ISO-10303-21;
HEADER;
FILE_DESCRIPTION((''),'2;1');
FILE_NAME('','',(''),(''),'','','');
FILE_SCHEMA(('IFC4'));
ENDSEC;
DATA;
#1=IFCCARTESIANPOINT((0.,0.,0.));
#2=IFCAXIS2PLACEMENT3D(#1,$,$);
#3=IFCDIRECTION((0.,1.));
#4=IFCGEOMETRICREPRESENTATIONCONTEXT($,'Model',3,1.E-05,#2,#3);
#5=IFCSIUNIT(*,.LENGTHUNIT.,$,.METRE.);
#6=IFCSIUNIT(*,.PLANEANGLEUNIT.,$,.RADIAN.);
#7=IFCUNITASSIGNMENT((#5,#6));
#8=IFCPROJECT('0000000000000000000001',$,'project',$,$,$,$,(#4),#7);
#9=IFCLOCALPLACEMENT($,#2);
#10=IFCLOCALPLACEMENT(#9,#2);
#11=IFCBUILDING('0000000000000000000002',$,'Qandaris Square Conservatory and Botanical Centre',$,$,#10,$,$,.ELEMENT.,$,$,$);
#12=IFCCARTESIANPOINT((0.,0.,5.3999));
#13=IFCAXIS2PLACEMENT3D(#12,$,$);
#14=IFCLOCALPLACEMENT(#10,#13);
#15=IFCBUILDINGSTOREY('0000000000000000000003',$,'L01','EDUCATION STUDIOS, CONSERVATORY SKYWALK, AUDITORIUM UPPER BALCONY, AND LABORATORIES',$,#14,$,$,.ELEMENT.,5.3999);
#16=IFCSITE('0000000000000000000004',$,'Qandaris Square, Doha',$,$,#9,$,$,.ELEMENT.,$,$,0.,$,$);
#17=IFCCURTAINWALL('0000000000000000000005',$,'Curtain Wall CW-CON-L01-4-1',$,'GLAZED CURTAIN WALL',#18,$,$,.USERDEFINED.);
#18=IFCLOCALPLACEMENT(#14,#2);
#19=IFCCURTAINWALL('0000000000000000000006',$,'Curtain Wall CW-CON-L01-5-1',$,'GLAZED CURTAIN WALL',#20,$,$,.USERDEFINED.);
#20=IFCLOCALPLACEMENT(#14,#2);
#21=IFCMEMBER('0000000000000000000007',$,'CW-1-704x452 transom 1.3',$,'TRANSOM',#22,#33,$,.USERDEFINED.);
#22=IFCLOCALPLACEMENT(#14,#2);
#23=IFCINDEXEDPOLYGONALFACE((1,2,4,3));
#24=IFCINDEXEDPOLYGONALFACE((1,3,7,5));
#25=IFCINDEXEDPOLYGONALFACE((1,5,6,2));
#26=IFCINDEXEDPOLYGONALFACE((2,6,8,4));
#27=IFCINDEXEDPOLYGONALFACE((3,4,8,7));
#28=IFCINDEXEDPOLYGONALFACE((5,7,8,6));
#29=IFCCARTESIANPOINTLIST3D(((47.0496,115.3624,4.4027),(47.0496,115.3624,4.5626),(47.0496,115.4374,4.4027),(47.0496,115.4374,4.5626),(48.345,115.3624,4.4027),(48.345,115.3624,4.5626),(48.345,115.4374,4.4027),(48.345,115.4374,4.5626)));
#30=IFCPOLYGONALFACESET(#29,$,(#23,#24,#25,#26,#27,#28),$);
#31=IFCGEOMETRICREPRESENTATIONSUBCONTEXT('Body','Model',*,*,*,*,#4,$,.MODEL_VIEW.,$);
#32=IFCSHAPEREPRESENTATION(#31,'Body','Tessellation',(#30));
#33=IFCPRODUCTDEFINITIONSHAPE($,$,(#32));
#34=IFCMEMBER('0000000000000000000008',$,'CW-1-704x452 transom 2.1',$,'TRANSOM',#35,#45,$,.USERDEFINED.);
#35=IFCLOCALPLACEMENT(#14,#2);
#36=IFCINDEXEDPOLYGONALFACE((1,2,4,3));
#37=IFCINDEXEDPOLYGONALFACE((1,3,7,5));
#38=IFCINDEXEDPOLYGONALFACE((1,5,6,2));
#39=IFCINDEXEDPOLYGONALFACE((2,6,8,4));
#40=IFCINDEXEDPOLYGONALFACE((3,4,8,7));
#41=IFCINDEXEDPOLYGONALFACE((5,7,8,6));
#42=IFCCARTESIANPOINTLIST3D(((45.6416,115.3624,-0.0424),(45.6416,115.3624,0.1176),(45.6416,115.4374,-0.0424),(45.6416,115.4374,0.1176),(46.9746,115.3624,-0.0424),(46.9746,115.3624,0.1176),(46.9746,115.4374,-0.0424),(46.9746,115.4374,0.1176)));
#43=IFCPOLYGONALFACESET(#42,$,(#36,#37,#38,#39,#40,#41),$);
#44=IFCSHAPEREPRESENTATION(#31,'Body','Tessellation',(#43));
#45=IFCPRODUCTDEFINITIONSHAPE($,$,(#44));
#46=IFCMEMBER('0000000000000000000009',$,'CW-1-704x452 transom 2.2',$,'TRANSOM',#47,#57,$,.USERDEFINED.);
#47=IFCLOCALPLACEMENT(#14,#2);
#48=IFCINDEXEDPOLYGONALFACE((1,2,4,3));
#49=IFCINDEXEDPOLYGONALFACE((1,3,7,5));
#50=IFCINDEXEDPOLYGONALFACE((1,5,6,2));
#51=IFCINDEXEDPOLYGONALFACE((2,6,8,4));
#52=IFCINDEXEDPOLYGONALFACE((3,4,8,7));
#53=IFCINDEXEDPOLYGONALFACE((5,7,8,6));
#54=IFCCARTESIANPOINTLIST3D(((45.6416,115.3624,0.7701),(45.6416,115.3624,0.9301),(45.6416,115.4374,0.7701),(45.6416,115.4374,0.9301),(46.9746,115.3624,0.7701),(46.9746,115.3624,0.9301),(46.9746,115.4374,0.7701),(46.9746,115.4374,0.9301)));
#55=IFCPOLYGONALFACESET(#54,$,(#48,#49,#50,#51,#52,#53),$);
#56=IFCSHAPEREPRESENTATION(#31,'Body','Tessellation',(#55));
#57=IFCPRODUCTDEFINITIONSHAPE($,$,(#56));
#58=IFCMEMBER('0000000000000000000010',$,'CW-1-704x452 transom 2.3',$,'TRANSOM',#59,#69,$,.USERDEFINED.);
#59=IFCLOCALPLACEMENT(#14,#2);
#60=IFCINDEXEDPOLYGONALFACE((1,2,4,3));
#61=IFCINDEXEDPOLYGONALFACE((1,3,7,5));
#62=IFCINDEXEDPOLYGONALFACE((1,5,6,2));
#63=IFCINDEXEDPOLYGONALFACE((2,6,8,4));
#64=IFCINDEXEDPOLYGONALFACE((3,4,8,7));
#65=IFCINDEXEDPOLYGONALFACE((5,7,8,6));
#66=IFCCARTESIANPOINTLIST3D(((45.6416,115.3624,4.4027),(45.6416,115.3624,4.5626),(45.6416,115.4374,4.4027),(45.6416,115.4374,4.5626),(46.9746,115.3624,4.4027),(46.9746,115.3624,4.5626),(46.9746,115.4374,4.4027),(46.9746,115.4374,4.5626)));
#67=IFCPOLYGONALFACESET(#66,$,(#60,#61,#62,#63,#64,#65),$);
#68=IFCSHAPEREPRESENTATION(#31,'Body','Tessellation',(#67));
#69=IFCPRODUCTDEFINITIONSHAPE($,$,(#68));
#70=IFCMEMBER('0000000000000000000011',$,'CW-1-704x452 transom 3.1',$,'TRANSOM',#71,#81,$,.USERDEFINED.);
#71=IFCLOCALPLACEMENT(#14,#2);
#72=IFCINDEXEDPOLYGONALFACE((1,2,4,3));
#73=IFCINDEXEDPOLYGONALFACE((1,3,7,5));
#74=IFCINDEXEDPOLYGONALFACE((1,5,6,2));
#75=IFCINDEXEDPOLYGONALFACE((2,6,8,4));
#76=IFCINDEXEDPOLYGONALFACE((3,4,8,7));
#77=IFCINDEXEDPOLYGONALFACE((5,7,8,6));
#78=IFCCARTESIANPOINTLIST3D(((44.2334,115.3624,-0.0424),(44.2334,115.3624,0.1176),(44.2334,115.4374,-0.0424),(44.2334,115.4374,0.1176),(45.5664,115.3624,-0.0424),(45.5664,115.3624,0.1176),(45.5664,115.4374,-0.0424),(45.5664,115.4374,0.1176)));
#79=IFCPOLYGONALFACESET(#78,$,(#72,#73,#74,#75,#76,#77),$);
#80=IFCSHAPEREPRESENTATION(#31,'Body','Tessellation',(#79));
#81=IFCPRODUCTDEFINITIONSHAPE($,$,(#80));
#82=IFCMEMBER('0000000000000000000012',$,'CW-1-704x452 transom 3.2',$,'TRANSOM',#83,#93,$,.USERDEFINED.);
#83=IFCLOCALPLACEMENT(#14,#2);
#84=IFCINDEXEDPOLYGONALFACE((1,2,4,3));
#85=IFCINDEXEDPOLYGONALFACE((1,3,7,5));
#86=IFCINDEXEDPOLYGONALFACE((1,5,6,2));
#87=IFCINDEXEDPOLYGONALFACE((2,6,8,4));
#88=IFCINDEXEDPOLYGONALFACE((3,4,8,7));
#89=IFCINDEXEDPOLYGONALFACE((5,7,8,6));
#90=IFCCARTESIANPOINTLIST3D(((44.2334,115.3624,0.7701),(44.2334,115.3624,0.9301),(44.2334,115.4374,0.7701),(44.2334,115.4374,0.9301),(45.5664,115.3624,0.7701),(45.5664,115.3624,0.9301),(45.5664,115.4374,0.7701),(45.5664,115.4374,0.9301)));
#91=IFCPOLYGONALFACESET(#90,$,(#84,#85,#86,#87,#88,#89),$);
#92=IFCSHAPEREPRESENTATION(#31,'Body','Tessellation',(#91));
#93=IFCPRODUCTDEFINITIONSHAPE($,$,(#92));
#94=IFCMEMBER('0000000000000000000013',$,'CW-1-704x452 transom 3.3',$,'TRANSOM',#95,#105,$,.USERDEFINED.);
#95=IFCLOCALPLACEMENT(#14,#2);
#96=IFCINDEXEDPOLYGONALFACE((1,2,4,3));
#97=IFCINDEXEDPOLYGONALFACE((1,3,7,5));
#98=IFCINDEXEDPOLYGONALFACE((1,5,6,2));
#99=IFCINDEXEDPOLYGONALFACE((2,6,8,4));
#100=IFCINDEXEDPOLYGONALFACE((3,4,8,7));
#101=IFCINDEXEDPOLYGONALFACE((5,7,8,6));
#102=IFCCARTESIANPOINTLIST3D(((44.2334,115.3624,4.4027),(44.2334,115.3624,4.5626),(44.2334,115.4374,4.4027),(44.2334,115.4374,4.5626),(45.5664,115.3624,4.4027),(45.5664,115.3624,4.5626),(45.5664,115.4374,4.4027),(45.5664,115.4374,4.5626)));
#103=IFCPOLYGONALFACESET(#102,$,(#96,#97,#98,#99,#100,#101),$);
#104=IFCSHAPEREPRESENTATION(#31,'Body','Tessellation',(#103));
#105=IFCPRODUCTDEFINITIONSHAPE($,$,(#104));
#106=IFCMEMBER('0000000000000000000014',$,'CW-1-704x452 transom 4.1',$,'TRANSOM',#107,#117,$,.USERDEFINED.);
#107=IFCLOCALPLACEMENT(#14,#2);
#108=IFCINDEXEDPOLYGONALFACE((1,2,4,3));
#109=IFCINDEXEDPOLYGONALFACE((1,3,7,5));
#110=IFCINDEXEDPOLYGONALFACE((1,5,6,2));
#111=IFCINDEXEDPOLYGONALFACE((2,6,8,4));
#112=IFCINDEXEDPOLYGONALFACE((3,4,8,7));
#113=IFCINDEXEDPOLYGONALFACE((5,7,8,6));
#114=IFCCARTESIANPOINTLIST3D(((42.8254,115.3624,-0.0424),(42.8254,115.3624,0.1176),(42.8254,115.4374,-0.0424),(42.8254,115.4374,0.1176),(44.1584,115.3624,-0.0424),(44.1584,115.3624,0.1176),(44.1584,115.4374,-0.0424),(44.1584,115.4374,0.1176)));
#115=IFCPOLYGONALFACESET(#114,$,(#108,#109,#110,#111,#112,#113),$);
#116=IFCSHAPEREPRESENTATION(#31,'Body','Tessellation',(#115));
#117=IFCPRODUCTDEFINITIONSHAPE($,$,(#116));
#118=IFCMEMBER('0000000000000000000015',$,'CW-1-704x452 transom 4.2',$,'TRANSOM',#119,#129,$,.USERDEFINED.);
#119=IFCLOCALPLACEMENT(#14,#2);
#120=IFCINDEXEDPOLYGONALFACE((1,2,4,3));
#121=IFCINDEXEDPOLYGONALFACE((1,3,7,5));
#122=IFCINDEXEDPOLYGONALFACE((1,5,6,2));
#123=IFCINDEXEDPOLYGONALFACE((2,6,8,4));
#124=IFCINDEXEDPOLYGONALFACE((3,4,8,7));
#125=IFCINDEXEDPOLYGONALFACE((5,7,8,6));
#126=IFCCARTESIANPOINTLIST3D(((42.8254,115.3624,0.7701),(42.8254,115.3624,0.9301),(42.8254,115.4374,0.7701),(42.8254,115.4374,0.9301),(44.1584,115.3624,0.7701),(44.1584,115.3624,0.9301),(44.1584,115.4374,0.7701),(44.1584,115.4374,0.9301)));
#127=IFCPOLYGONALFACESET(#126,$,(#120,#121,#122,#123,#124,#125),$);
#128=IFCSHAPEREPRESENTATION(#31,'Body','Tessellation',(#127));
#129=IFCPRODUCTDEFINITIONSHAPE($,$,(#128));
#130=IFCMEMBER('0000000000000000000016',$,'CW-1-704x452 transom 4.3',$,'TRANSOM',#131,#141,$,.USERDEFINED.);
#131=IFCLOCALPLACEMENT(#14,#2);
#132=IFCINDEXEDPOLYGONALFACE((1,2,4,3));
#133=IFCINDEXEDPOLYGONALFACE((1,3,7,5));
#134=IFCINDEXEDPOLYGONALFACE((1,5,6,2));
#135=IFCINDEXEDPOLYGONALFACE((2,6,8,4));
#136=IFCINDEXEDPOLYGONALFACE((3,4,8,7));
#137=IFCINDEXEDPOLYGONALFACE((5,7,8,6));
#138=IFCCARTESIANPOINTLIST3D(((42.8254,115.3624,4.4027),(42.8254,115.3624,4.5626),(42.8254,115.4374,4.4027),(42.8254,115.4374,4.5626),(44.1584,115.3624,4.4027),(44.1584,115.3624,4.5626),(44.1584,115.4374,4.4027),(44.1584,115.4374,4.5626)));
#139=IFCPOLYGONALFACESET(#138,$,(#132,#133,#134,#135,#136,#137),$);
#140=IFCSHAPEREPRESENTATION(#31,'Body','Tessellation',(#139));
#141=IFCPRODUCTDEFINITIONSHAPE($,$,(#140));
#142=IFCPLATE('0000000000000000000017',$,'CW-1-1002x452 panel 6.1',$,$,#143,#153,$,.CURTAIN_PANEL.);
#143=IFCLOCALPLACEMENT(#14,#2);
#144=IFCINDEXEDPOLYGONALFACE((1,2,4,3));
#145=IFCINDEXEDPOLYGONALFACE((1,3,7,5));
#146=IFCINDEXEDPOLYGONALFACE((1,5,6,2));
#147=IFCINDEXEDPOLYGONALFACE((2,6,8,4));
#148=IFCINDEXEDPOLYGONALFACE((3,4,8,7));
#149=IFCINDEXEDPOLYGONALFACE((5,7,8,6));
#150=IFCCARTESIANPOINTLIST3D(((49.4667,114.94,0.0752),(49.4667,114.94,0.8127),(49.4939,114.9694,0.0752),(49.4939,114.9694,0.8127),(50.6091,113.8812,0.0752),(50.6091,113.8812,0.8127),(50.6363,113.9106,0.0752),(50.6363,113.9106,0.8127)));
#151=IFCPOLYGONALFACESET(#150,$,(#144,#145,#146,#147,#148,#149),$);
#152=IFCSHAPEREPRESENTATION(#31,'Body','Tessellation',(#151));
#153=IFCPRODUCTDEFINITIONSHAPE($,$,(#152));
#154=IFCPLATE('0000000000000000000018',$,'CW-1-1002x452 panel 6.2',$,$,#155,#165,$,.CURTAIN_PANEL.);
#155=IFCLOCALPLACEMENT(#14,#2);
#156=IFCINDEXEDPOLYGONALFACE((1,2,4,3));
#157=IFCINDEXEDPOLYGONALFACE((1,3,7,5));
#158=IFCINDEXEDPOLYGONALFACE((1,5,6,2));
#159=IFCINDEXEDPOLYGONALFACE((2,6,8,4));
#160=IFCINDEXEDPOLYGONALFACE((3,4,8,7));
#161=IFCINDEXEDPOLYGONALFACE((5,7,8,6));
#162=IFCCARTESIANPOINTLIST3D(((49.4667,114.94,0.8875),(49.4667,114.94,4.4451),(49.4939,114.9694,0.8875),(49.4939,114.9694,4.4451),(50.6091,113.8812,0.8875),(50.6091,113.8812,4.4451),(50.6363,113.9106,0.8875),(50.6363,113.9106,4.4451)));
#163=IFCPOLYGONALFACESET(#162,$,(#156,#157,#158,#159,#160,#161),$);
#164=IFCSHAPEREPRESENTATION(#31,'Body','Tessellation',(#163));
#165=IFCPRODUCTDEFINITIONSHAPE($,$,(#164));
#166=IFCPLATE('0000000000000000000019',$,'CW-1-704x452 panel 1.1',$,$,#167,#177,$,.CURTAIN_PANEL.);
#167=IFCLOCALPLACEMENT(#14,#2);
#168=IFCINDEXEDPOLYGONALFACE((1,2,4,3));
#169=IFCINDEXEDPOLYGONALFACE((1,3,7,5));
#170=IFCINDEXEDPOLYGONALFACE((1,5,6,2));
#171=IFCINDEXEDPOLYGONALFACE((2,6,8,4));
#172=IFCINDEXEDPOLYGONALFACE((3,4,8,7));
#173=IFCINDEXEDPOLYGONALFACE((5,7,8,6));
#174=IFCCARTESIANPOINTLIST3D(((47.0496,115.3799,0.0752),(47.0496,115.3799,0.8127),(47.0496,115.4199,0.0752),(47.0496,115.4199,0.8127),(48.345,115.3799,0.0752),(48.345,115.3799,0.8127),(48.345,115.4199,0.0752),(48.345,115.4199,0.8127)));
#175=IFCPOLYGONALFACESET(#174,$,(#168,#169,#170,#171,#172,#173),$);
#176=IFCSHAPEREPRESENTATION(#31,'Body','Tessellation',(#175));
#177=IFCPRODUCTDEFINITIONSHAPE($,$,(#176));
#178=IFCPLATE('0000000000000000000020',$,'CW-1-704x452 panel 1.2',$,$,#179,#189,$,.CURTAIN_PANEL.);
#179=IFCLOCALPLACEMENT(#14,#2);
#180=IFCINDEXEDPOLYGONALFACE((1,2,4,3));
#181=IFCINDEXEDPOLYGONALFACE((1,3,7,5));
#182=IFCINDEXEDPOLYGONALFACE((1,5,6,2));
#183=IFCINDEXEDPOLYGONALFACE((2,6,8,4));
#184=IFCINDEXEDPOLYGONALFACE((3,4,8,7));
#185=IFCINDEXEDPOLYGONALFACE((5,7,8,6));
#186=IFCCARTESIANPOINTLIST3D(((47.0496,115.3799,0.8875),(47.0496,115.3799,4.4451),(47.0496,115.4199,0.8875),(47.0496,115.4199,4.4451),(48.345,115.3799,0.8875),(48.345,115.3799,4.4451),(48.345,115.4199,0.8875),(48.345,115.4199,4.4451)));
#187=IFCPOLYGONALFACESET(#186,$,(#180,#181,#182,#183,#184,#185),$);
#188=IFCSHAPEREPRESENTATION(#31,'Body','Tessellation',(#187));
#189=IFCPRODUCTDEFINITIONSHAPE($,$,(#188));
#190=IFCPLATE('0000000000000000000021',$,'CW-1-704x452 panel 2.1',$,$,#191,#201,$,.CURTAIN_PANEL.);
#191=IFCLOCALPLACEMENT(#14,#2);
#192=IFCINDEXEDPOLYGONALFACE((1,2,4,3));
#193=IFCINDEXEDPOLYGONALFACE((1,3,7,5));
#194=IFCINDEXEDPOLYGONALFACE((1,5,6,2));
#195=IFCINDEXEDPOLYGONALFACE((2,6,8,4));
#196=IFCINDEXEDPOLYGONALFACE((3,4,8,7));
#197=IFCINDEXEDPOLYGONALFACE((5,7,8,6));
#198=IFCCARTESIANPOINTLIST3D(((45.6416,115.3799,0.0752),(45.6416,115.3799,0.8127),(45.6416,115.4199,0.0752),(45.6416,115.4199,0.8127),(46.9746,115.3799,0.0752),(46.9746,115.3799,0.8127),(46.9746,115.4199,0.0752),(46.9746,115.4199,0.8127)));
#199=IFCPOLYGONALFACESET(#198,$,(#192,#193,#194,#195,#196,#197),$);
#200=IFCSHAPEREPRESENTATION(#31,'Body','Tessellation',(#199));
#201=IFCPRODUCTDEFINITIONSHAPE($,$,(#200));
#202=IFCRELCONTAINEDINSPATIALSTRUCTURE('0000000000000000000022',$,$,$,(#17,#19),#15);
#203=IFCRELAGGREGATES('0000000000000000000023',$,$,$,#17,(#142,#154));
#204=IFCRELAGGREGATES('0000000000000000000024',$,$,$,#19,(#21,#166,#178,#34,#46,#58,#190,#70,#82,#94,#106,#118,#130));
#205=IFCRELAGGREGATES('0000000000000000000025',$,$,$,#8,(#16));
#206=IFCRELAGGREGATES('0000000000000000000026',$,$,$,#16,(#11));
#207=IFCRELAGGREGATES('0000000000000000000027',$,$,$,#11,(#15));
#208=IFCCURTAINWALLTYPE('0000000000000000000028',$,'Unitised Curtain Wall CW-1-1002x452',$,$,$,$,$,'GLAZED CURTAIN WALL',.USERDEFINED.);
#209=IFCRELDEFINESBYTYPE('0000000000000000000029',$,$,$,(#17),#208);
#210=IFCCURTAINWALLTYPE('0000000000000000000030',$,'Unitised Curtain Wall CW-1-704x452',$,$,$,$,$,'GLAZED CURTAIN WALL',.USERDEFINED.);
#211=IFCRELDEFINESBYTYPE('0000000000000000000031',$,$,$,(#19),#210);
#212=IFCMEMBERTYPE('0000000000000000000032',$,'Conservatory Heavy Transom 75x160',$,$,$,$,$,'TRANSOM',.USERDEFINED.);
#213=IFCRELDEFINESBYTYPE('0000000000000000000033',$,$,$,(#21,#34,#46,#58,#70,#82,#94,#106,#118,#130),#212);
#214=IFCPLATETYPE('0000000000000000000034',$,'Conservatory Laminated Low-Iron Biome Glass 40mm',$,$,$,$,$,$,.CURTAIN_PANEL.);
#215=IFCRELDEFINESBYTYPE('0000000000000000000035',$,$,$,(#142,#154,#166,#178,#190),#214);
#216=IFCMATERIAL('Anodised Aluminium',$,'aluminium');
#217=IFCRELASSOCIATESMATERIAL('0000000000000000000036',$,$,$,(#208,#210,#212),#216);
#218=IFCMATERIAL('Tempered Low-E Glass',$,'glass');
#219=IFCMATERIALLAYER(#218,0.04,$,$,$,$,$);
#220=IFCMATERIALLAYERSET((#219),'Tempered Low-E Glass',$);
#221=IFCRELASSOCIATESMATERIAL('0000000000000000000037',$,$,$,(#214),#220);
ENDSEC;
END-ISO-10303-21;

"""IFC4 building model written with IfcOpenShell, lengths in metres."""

from ifc_helpers import new_model, si_unit, direction, frame, origin, origin_2d, place, context, subcontext, project, spatial, rectangle, extrude, material, layer, layer_set, material_profile, profile_set, type_object, element, aggregate, save


model = new_model("IFC4")

# Units and contexts
model_context = context("Model", 3, precision=1e-05, world=origin(), true_north=direction((0.0, 1.0)))
body_context = subcontext(model_context, "Body", "Model", "MODEL_VIEW")
ifc_project = project(units=[si_unit("LENGTHUNIT", "METRE"), si_unit("PLANEANGLEUNIT", "RADIAN")], contexts=[model_context])

# Site, building, storey
site_placement = place(None, origin())
site = spatial("IfcSite", under=ifc_project, at=site_placement, Name="Qandaris Square, Doha", CompositionType="ELEMENT", RefElevation=0.0)
building_placement = place(site_placement, origin())
building = spatial("IfcBuilding", under=site, at=building_placement, Name="Qandaris Square Conservatory and Botanical Centre", CompositionType="ELEMENT")
storey_placement = place(building_placement, frame((0.0, 0.0, 5.3999)))
storey = spatial("IfcBuildingStorey", under=building, at=storey_placement, Name="L01", Description="EDUCATION STUDIOS, CONSERVATORY SKYWALK, AUDITORIUM UPPER BALCONY, AND LABORATORIES", CompositionType="ELEMENT", Elevation=5.3999)

# Curtain walls
ifc_material_1 = material(Name="Anodised Aluminium", Category="aluminium")
curtain_wall_type_1 = type_object("IfcCurtainWallType", Name="Unitised Curtain Wall CW-1-1002x452", ElementType="GLAZED CURTAIN WALL", PredefinedType="USERDEFINED", material=ifc_material_1)
curtain_wall_1_placement = place(storey_placement, origin())
curtain_wall_1 = element("IfcCurtainWall", 1, at=curtain_wall_1_placement, inside=storey, type_object=curtain_wall_type_1, Name="Curtain Wall CW-CON-L01-4-1", ObjectType="GLAZED CURTAIN WALL", PredefinedType="USERDEFINED")
curtain_wall_type_2 = type_object("IfcCurtainWallType", Name="Unitised Curtain Wall CW-1-704x452", ElementType="GLAZED CURTAIN WALL", PredefinedType="USERDEFINED", material=ifc_material_1)
curtain_wall_2_placement = place(storey_placement, origin())
curtain_wall_2 = element("IfcCurtainWall", 2, at=curtain_wall_2_placement, inside=storey, type_object=curtain_wall_type_2, Name="Curtain Wall CW-CON-L01-5-1", ObjectType="GLAZED CURTAIN WALL", PredefinedType="USERDEFINED")

# Members
ifc_material_profile_1 = material_profile(ifc_material_1, rectangle(XDim=0.075, YDim=0.1599, at=origin_2d()), Name="ALU-TRN 75x160")
ifc_profile_set_1 = profile_set([ifc_material_profile_1], Name="Anodised Aluminium")
member_type_1 = type_object("IfcMemberType", Name="Conservatory Heavy Transom 75x160", ElementType="TRANSOM", PredefinedType="USERDEFINED", material=ifc_profile_set_1)
member_1_placement = place(storey_placement, frame((48.345, 115.3999, 4.4827), z_axis=(-1.0, 0.0, 0.0), x_axis=(0.0, -1.0, 0.0)))
member_1 = element("IfcMember", 3, at=member_1_placement, type_object=member_type_1, Name="CW-1-704x452 transom 1.3", ObjectType="TRANSOM", PredefinedType="USERDEFINED", context=body_context, shape_type="SweptSolid", body=[
    extrude(rectangle(XDim=0.075, YDim=0.1599, at=origin_2d()), origin(), (0.0, 0.0, 1.0), 1.2954),
])
member_2_placement = place(storey_placement, frame((46.9746, 115.3999, 0.0376), z_axis=(-1.0, 0.0, 0.0), x_axis=(0.0, -1.0, 0.0)))
member_2 = element("IfcMember", 4, at=member_2_placement, type_object=member_type_1, Name="CW-1-704x452 transom 2.1", ObjectType="TRANSOM", PredefinedType="USERDEFINED", context=body_context, shape_type="SweptSolid", body=[
    extrude(rectangle(XDim=0.075, YDim=0.1599, at=origin_2d()), origin(), (0.0, 0.0, 1.0), 1.333),
])
member_3_placement = place(storey_placement, frame((46.9746, 115.3999, 0.8501), z_axis=(-1.0, 0.0, 0.0), x_axis=(0.0, -1.0, 0.0)))
member_3 = element("IfcMember", 5, at=member_3_placement, type_object=member_type_1, Name="CW-1-704x452 transom 2.2", ObjectType="TRANSOM", PredefinedType="USERDEFINED", context=body_context, shape_type="SweptSolid", body=[
    extrude(rectangle(XDim=0.075, YDim=0.1599, at=origin_2d()), origin(), (0.0, 0.0, 1.0), 1.333),
])
member_4_placement = place(storey_placement, frame((46.9746, 115.3999, 4.4827), z_axis=(-1.0, 0.0, 0.0), x_axis=(0.0, -1.0, 0.0)))
member_4 = element("IfcMember", 6, at=member_4_placement, type_object=member_type_1, Name="CW-1-704x452 transom 2.3", ObjectType="TRANSOM", PredefinedType="USERDEFINED", context=body_context, shape_type="SweptSolid", body=[
    extrude(rectangle(XDim=0.075, YDim=0.1599, at=origin_2d()), origin(), (0.0, 0.0, 1.0), 1.333),
])
member_5_placement = place(storey_placement, frame((45.5664, 115.3999, 0.0376), z_axis=(-1.0, 0.0, 0.0), x_axis=(0.0, -1.0, 0.0)))
member_5 = element("IfcMember", 7, at=member_5_placement, type_object=member_type_1, Name="CW-1-704x452 transom 3.1", ObjectType="TRANSOM", PredefinedType="USERDEFINED", context=body_context, shape_type="SweptSolid", body=[
    extrude(rectangle(XDim=0.075, YDim=0.1599, at=origin_2d()), origin(), (0.0, 0.0, 1.0), 1.333),
])
member_6_placement = place(storey_placement, frame((45.5664, 115.3999, 0.8501), z_axis=(-1.0, 0.0, 0.0), x_axis=(0.0, -1.0, 0.0)))
member_6 = element("IfcMember", 8, at=member_6_placement, type_object=member_type_1, Name="CW-1-704x452 transom 3.2", ObjectType="TRANSOM", PredefinedType="USERDEFINED", context=body_context, shape_type="SweptSolid", body=[
    extrude(rectangle(XDim=0.075, YDim=0.1599, at=origin_2d()), origin(), (0.0, 0.0, 1.0), 1.333),
])
member_7_placement = place(storey_placement, frame((45.5664, 115.3999, 4.4827), z_axis=(-1.0, 0.0, 0.0), x_axis=(0.0, -1.0, 0.0)))
member_7 = element("IfcMember", 9, at=member_7_placement, type_object=member_type_1, Name="CW-1-704x452 transom 3.3", ObjectType="TRANSOM", PredefinedType="USERDEFINED", context=body_context, shape_type="SweptSolid", body=[
    extrude(rectangle(XDim=0.075, YDim=0.1599, at=origin_2d()), origin(), (0.0, 0.0, 1.0), 1.333),
])
member_8_placement = place(storey_placement, frame((44.1584, 115.3999, 0.0376), z_axis=(-1.0, 0.0, 0.0), x_axis=(0.0, -1.0, 0.0)))
member_8 = element("IfcMember", 10, at=member_8_placement, type_object=member_type_1, Name="CW-1-704x452 transom 4.1", ObjectType="TRANSOM", PredefinedType="USERDEFINED", context=body_context, shape_type="SweptSolid", body=[
    extrude(rectangle(XDim=0.075, YDim=0.1599, at=origin_2d()), origin(), (0.0, 0.0, 1.0), 1.333),
])
member_9_placement = place(storey_placement, frame((44.1584, 115.3999, 0.8501), z_axis=(-1.0, 0.0, 0.0), x_axis=(0.0, -1.0, 0.0)))
member_9 = element("IfcMember", 11, at=member_9_placement, type_object=member_type_1, Name="CW-1-704x452 transom 4.2", ObjectType="TRANSOM", PredefinedType="USERDEFINED", context=body_context, shape_type="SweptSolid", body=[
    extrude(rectangle(XDim=0.075, YDim=0.1599, at=origin_2d()), origin(), (0.0, 0.0, 1.0), 1.333),
])
member_10_placement = place(storey_placement, frame((44.1584, 115.3999, 4.4827), z_axis=(-1.0, 0.0, 0.0), x_axis=(0.0, -1.0, 0.0)))
member_10 = element("IfcMember", 12, at=member_10_placement, type_object=member_type_1, Name="CW-1-704x452 transom 4.3", ObjectType="TRANSOM", PredefinedType="USERDEFINED", context=body_context, shape_type="SweptSolid", body=[
    extrude(rectangle(XDim=0.075, YDim=0.1599, at=origin_2d()), origin(), (0.0, 0.0, 1.0), 1.333),
])

# Plates
ifc_material_2 = material(Name="Tempered Low-E Glass", Category="glass")
ifc_layer = layer(ifc_material_2, 0.04)
ifc_layer_set = layer_set([ifc_layer], Name="Tempered Low-E Glass")
plate_type = type_object("IfcPlateType", Name="Conservatory Laminated Low-Iron Biome Glass 40mm", PredefinedType="CURTAIN_PANEL", material=ifc_layer_set)
plate_1_placement = place(storey_placement, frame((50.0515, 114.4253, 0.0752), z_axis=(0.0, 0.0, 1.0), x_axis=(-0.733433, 0.679762, 0.0)))
plate_1 = element("IfcPlate", 13, at=plate_1_placement, type_object=plate_type, Name="CW-1-1002x452 panel 6.1", PredefinedType="CURTAIN_PANEL", context=body_context, shape_type="SweptSolid", body=[
    extrude(rectangle(XDim=1.5576, YDim=0.04, at=origin_2d()), origin(), (0.0, 0.0, 1.0), 0.7375),
])
plate_2_placement = place(storey_placement, frame((50.0515, 114.4253, 0.8875), z_axis=(0.0, 0.0, 1.0), x_axis=(-0.733433, 0.679762, 0.0)))
plate_2 = element("IfcPlate", 14, at=plate_2_placement, type_object=plate_type, Name="CW-1-1002x452 panel 6.2", PredefinedType="CURTAIN_PANEL", context=body_context, shape_type="SweptSolid", body=[
    extrude(rectangle(XDim=1.5576, YDim=0.04, at=origin_2d()), origin(), (0.0, 0.0, 1.0), 3.5576),
])
aggregate(curtain_wall_1, [plate_1, plate_2])
plate_3_placement = place(storey_placement, frame((47.6973, 115.3999, 0.0752), z_axis=(0.0, 0.0, 1.0), x_axis=(-1.0, 0.0, 0.0)))
plate_3 = element("IfcPlate", 15, at=plate_3_placement, type_object=plate_type, Name="CW-1-704x452 panel 1.1", PredefinedType="CURTAIN_PANEL", context=body_context, shape_type="SweptSolid", body=[
    extrude(rectangle(XDim=1.2954, YDim=0.04, at=origin_2d()), origin(), (0.0, 0.0, 1.0), 0.7375),
])
plate_4_placement = place(storey_placement, frame((47.6973, 115.3999, 0.8875), z_axis=(0.0, 0.0, 1.0), x_axis=(-1.0, 0.0, 0.0)))
plate_4 = element("IfcPlate", 16, at=plate_4_placement, type_object=plate_type, Name="CW-1-704x452 panel 1.2", PredefinedType="CURTAIN_PANEL", context=body_context, shape_type="SweptSolid", body=[
    extrude(rectangle(XDim=1.2954, YDim=0.04, at=origin_2d()), origin(), (0.0, 0.0, 1.0), 3.5576),
])
plate_5_placement = place(storey_placement, frame((46.3081, 115.3999, 0.0752), z_axis=(0.0, 0.0, 1.0), x_axis=(-1.0, 0.0, 0.0)))
plate_5 = element("IfcPlate", 17, at=plate_5_placement, type_object=plate_type, Name="CW-1-704x452 panel 2.1", PredefinedType="CURTAIN_PANEL", context=body_context, shape_type="SweptSolid", body=[
    extrude(rectangle(XDim=1.333, YDim=0.04, at=origin_2d()), origin(), (0.0, 0.0, 1.0), 0.7375),
])
aggregate(curtain_wall_2, [member_1, plate_3, plate_4, member_2, member_3, member_4, plate_5, member_5, member_6, member_7, member_8, member_9, member_10])

save(model, "model.ifc")
